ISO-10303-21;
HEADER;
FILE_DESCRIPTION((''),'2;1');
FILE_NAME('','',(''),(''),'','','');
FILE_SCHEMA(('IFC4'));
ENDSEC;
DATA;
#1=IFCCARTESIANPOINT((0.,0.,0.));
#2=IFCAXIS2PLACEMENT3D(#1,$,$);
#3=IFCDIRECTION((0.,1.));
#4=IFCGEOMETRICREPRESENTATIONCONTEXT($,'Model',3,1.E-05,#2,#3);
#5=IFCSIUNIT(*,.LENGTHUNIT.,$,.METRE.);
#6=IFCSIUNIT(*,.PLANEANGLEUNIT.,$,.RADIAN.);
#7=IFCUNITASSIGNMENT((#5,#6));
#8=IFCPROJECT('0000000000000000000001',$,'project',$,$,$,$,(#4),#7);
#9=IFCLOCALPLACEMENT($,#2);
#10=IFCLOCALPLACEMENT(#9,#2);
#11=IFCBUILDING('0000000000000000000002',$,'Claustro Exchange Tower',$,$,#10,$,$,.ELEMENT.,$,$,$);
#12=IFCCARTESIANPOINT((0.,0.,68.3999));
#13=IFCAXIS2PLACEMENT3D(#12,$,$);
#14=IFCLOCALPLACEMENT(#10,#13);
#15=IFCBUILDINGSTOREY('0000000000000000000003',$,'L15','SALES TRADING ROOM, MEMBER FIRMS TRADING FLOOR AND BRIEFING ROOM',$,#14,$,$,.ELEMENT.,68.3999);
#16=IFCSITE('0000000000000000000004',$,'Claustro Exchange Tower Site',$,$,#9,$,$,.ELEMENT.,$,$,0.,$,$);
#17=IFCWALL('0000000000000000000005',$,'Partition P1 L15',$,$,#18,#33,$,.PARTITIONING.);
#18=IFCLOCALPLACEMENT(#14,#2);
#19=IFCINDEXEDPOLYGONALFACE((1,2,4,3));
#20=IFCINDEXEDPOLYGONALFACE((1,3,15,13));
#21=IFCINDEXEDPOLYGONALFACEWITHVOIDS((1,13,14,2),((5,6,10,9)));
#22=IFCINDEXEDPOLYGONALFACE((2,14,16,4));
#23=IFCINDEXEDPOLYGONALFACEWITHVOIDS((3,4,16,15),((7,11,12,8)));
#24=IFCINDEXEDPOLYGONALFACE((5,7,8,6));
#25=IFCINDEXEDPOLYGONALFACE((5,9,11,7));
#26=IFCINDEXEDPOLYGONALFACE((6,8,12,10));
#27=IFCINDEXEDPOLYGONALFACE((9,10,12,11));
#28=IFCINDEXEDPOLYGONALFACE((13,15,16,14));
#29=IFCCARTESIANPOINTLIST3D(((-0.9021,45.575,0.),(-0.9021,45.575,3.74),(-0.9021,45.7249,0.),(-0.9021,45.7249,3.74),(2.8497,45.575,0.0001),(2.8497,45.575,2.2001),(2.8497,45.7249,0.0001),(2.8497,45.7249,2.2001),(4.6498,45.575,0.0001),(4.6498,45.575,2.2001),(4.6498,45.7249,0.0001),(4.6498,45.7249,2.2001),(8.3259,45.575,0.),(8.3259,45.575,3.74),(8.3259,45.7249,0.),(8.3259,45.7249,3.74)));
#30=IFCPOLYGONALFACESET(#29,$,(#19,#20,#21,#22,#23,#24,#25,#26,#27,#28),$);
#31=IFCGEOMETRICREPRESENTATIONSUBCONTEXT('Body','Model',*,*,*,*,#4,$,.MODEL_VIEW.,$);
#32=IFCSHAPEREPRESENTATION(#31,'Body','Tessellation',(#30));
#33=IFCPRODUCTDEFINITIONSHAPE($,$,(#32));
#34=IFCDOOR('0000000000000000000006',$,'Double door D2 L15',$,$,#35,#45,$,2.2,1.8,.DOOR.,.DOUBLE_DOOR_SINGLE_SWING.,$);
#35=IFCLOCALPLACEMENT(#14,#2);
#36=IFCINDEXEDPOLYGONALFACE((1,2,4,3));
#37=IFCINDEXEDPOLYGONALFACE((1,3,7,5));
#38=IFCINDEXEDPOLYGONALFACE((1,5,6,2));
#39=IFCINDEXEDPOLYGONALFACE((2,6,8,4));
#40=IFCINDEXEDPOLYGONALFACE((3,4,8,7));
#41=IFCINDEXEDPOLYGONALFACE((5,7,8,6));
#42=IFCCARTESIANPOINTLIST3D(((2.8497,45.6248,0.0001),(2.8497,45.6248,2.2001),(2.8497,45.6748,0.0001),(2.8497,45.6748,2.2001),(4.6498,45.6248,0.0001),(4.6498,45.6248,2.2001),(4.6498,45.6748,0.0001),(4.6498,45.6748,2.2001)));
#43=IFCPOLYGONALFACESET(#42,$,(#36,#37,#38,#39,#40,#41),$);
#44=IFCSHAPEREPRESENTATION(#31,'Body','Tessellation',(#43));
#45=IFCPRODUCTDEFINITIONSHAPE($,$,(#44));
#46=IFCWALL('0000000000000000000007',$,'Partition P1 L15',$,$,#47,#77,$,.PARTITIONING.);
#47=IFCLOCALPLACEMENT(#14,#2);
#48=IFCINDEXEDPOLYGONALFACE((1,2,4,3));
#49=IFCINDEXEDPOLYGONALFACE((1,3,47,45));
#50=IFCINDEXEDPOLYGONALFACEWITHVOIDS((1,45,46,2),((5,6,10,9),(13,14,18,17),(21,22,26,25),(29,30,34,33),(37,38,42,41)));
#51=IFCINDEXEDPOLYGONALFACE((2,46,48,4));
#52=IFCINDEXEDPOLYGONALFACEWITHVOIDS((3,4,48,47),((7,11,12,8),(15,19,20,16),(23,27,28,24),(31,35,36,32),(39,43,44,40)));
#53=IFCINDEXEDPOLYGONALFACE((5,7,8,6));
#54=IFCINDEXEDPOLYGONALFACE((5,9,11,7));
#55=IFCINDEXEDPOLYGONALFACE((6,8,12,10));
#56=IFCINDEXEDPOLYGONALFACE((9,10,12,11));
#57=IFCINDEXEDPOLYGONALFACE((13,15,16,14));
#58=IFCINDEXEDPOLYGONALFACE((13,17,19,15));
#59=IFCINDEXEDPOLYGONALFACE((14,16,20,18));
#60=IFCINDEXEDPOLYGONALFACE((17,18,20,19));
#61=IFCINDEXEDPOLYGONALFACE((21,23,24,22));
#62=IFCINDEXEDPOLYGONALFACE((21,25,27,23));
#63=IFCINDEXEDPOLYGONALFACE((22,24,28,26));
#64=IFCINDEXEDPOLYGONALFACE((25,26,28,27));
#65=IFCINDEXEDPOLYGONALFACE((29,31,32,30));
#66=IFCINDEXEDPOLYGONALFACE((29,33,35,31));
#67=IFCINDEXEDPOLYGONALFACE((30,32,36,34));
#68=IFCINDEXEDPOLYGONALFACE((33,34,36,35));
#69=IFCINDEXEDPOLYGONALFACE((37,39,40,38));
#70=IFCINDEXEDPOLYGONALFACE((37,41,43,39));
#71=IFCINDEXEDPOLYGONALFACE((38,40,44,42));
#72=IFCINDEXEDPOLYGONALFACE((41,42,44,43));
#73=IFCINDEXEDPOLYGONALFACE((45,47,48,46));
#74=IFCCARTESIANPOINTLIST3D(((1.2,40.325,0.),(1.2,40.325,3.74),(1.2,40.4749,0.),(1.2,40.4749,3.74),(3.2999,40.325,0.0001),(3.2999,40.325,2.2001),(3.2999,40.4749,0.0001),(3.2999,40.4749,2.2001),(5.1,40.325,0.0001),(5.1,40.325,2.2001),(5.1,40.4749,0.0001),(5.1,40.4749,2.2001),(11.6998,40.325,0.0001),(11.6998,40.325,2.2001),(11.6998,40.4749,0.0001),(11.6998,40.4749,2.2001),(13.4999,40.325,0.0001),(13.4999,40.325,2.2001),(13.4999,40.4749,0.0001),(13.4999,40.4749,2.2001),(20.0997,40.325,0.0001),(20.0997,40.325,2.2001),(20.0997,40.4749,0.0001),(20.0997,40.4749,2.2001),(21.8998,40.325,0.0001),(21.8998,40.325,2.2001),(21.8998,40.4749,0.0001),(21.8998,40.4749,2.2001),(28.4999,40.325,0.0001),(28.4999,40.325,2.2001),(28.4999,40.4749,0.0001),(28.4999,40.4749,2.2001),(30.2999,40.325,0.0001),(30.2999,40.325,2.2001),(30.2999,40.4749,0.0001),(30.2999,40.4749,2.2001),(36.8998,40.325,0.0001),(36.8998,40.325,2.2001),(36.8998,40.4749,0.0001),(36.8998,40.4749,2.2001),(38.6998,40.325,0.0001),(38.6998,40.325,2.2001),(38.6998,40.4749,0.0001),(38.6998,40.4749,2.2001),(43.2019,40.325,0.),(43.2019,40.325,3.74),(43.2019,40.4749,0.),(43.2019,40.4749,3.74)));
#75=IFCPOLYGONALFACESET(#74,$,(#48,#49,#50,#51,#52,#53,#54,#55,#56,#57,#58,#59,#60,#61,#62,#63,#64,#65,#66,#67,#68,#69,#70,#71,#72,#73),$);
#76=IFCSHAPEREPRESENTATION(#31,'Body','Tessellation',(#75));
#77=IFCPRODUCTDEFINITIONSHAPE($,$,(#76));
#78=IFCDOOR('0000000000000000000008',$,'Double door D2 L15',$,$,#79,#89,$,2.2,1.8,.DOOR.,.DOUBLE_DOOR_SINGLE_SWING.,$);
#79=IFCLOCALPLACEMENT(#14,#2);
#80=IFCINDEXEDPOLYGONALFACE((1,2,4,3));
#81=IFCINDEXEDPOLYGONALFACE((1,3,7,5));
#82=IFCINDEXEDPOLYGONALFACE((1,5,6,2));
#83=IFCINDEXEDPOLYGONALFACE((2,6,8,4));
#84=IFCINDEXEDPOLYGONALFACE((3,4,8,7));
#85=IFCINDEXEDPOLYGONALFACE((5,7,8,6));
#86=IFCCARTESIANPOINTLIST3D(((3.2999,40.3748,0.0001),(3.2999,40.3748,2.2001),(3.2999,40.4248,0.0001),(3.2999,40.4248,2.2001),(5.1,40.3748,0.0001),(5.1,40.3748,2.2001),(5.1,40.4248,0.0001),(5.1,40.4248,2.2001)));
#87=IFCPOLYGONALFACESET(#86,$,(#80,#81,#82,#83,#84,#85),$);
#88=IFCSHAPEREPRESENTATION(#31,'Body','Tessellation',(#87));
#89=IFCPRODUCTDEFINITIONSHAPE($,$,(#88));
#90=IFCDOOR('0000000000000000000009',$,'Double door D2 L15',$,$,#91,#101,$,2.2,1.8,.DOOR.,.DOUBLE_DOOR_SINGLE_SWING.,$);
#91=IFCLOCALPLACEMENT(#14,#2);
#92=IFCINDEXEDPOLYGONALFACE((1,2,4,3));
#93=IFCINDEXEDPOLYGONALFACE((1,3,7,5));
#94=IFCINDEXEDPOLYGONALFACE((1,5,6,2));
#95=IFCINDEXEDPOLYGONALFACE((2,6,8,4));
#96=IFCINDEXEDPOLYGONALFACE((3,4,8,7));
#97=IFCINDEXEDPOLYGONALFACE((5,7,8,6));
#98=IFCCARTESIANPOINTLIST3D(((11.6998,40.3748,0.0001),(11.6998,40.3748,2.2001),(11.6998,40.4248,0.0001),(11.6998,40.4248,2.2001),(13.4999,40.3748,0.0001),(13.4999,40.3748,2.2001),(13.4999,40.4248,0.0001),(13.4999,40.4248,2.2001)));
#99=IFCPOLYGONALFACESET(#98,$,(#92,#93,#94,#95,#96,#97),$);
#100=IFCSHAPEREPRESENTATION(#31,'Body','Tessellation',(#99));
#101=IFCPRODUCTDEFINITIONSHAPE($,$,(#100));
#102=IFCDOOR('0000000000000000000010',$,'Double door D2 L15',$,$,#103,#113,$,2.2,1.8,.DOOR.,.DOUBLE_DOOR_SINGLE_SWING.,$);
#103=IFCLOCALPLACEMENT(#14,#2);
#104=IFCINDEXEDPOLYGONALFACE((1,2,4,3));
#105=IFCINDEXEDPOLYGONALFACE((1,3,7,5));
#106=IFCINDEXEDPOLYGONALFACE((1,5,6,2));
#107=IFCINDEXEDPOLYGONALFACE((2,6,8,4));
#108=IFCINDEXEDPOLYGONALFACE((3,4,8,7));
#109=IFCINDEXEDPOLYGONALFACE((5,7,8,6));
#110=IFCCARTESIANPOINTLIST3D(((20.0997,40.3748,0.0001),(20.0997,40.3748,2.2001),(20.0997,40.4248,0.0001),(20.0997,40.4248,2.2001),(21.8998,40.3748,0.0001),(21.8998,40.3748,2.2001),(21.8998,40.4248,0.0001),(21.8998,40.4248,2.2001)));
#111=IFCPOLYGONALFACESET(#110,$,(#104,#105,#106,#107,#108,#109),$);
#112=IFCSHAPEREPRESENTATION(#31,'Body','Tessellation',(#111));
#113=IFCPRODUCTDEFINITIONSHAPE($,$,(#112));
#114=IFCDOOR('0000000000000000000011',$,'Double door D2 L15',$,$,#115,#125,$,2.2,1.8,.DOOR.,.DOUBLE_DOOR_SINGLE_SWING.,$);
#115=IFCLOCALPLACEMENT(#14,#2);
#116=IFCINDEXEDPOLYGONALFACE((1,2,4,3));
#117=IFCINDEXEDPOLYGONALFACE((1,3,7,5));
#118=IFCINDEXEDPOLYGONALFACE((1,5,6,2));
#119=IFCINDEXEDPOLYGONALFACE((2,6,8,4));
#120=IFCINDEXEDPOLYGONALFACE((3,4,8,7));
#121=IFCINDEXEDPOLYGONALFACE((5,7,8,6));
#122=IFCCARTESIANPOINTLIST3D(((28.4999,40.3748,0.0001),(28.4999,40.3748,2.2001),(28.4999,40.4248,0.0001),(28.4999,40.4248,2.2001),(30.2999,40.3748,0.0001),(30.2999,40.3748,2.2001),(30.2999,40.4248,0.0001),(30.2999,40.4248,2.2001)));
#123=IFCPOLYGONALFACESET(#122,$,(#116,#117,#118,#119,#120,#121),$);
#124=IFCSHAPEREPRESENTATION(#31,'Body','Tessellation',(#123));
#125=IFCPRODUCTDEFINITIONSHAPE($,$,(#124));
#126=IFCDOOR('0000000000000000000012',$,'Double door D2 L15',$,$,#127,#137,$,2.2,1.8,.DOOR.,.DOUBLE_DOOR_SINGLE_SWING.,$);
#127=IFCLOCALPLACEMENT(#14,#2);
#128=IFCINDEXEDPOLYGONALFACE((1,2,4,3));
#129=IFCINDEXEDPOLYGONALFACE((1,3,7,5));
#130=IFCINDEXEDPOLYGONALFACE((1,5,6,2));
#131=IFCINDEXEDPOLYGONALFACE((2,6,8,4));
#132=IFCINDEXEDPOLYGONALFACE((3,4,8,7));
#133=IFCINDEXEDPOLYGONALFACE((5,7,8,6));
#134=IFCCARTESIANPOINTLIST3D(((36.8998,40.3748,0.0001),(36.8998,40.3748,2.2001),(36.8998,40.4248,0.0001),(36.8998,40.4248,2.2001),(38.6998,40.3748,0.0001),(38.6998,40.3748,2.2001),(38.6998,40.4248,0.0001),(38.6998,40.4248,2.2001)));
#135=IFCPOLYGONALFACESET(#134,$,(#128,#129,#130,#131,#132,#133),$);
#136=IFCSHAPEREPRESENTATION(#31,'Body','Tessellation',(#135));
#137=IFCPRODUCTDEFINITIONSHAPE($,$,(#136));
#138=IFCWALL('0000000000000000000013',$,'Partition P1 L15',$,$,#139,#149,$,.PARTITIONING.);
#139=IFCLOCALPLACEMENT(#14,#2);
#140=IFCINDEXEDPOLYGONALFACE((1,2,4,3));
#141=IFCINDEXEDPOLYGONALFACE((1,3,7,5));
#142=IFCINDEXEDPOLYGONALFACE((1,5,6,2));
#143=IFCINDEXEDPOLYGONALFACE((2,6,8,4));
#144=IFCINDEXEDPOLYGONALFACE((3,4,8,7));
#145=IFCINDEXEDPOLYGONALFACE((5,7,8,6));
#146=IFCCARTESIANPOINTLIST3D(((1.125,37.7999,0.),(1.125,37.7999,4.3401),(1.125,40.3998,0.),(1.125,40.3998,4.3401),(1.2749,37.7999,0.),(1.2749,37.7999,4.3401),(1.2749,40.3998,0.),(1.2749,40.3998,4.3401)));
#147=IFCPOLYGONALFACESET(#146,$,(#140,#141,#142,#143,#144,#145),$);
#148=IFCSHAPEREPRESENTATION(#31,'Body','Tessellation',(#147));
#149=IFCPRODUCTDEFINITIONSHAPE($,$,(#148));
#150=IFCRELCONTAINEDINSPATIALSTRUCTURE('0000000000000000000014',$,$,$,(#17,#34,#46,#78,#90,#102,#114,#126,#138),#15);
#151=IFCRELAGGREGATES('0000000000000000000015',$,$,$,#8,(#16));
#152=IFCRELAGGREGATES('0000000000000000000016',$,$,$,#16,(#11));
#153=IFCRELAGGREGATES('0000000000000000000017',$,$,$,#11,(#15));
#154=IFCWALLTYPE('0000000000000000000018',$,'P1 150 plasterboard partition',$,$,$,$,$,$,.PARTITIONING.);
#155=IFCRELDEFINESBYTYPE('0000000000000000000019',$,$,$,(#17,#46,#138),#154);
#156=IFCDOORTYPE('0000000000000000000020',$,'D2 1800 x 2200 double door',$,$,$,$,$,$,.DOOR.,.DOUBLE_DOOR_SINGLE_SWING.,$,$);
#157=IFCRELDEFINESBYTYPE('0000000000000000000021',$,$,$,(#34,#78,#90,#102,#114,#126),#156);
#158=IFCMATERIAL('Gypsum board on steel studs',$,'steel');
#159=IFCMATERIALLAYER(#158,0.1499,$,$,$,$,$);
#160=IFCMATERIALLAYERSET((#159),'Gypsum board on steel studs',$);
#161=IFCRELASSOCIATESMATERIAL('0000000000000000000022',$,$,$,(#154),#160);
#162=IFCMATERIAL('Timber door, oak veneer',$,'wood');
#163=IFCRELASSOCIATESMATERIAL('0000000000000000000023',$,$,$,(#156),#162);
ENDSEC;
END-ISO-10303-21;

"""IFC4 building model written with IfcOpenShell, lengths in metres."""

from ifc_helpers import new_model, si_unit, direction, frame, frame_2d, origin, place, context, subcontext, project, spatial, rectangle, extrude, material, layer, layer_set, type_object, element, fill, save


model = new_model("IFC4")

# Units and contexts
model_context = context("Model", 3, precision=1e-05, world=origin(), true_north=direction((0.0, 1.0)))
body_context = subcontext(model_context, "Body", "Model", "MODEL_VIEW")
ifc_project = project(units=[si_unit("LENGTHUNIT", "METRE"), si_unit("PLANEANGLEUNIT", "RADIAN")], contexts=[model_context])

# Site, building, storey
site_placement = place(None, origin())
site = spatial("IfcSite", under=ifc_project, at=site_placement, Name="Claustro Exchange Tower Site", CompositionType="ELEMENT", RefElevation=0.0)
building_placement = place(site_placement, origin())
building = spatial("IfcBuilding", under=site, at=building_placement, Name="Claustro Exchange Tower", CompositionType="ELEMENT")
storey_placement = place(building_placement, frame((0.0, 0.0, 68.3999)))
storey = spatial("IfcBuildingStorey", under=building, at=storey_placement, Name="L15", Description="SALES TRADING ROOM, MEMBER FIRMS TRADING FLOOR AND BRIEFING ROOM", CompositionType="ELEMENT", Elevation=68.3999)

# Wall, opening, door
ifc_material_1 = material(Name="Gypsum board on steel studs", Category="steel")
ifc_layer_1 = layer(ifc_material_1, 0.1499)
ifc_layer_set_1 = layer_set([ifc_layer_1], Name="Gypsum board on steel studs")
wall_type_1 = type_object("IfcWallType", Name="P1 150 plasterboard partition", PredefinedType="PARTITIONING", material=ifc_layer_set_1)
wall_1_placement = place(storey_placement, frame((-0.9021, 45.6499, 0.0), z_axis=(0.0, 0.0, 1.0), x_axis=(1.0, 0.0, 0.0)))
wall_1 = element("IfcWall", 1, at=wall_1_placement, inside=storey, type_object=wall_type_1, Name="Partition P1 L15", PredefinedType="PARTITIONING", context=body_context, shape_type="SweptSolid", body=[
    extrude(rectangle(XDim=9.228, YDim=0.1499, at=frame_2d((4.614, 0.0))), origin(), (0.0, 0.0, 1.0), 3.74),
])
opening_1_placement = place(wall_1_placement, frame((3.752, 0.0, 0.0)))
opening_1 = element("IfcOpeningElement", 2, at=opening_1_placement, cuts=wall_1, PredefinedType="OPENING", context=body_context, shape_type="SweptSolid", body=[
    extrude(rectangle(XDim=1.8, YDim=2.2, at=frame_2d((0.8999, 1.1001))), frame((0.0, 0.085, 0.0), z_axis=(0.0, -1.0, 0.0), x_axis=(1.0, 0.0, 0.0)), (0.0, 0.0, 1.0), 0.1699),
])
ifc_material_2 = material(Name="Timber door, oak veneer", Category="wood")
door_type = type_object("IfcDoorType", Name="D2 1800 x 2200 double door", OperationType="DOUBLE_DOOR_SINGLE_SWING", PredefinedType="DOOR", material=ifc_material_2)
door_1_placement = place(opening_1_placement, origin())
door_1 = element("IfcDoor", 3, at=door_1_placement, inside=storey, type_object=door_type, Name="Double door D2 L15", OperationType="DOUBLE_DOOR_SINGLE_SWING", OverallHeight=2.2, OverallWidth=1.8, PredefinedType="DOOR", context=body_context, shape_type="SweptSolid", body=[
    extrude(rectangle(XDim=1.8, YDim=2.2, at=frame_2d((0.8999, 1.1001))), frame((0.0, 0.0249, 0.0), z_axis=(0.0, -1.0, 0.0), x_axis=(1.0, 0.0, 0.0)), (0.0, 0.0, 1.0), 0.05),
])
fill(opening_1, door_1)

# Wall, openings, doors
wall_2_placement = place(storey_placement, frame((1.2, 40.3999, 0.0), z_axis=(0.0, 0.0, 1.0), x_axis=(1.0, 0.0, 0.0)))
wall_2 = element("IfcWall", 4, at=wall_2_placement, inside=storey, type_object=wall_type_1, Name="Partition P1 L15", PredefinedType="PARTITIONING", context=body_context, shape_type="SweptSolid", body=[
    extrude(rectangle(XDim=42.002, YDim=0.1499, at=frame_2d((21.001, 0.0))), origin(), (0.0, 0.0, 1.0), 3.74),
])
opening_2_placement = place(wall_2_placement, frame((2.1001, 0.0, 0.0)))
opening_2 = element("IfcOpeningElement", 5, at=opening_2_placement, cuts=wall_2, PredefinedType="OPENING", context=body_context, shape_type="SweptSolid", body=[
    extrude(rectangle(XDim=1.8, YDim=2.2, at=frame_2d((0.8999, 1.1001))), frame((0.0, 0.085, 0.0), z_axis=(0.0, -1.0, 0.0), x_axis=(1.0, 0.0, 0.0)), (0.0, 0.0, 1.0), 0.1699),
])
opening_3_placement = place(wall_2_placement, frame((10.5, 0.0, 0.0)))
opening_3 = element("IfcOpeningElement", 6, at=opening_3_placement, cuts=wall_2, PredefinedType="OPENING", context=body_context, shape_type="SweptSolid", body=[
    extrude(rectangle(XDim=1.8, YDim=2.2, at=frame_2d((0.8999, 1.1001))), frame((0.0, 0.085, 0.0), z_axis=(0.0, -1.0, 0.0), x_axis=(1.0, 0.0, 0.0)), (0.0, 0.0, 1.0), 0.1699),
])
opening_4_placement = place(wall_2_placement, frame((18.8999, 0.0, 0.0)))
opening_4 = element("IfcOpeningElement", 7, at=opening_4_placement, cuts=wall_2, PredefinedType="OPENING", context=body_context, shape_type="SweptSolid", body=[
    extrude(rectangle(XDim=1.8, YDim=2.2, at=frame_2d((0.8999, 1.1001))), frame((0.0, 0.085, 0.0), z_axis=(0.0, -1.0, 0.0), x_axis=(1.0, 0.0, 0.0)), (0.0, 0.0, 1.0), 0.1699),
])
opening_5_placement = place(wall_2_placement, frame((27.3, 0.0, 0.0)))
opening_5 = element("IfcOpeningElement", 8, at=opening_5_placement, cuts=wall_2, PredefinedType="OPENING", context=body_context, shape_type="SweptSolid", body=[
    extrude(rectangle(XDim=1.8, YDim=2.2, at=frame_2d((0.8999, 1.1001))), frame((0.0, 0.085, 0.0), z_axis=(0.0, -1.0, 0.0), x_axis=(1.0, 0.0, 0.0)), (0.0, 0.0, 1.0), 0.1699),
])
opening_6_placement = place(wall_2_placement, frame((35.7, 0.0, 0.0)))
opening_6 = element("IfcOpeningElement", 9, at=opening_6_placement, cuts=wall_2, PredefinedType="OPENING", context=body_context, shape_type="SweptSolid", body=[
    extrude(rectangle(XDim=1.8, YDim=2.2, at=frame_2d((0.8999, 1.1001))), frame((0.0, 0.085, 0.0), z_axis=(0.0, -1.0, 0.0), x_axis=(1.0, 0.0, 0.0)), (0.0, 0.0, 1.0), 0.1699),
])
door_2_placement = place(opening_2_placement, origin())
door_2 = element("IfcDoor", 10, at=door_2_placement, inside=storey, type_object=door_type, Name="Double door D2 L15", OperationType="DOUBLE_DOOR_SINGLE_SWING", OverallHeight=2.2, OverallWidth=1.8, PredefinedType="DOOR", context=body_context, shape_type="SweptSolid", body=[
    extrude(rectangle(XDim=1.8, YDim=2.2, at=frame_2d((0.8999, 1.1001))), frame((0.0, 0.0249, 0.0), z_axis=(0.0, -1.0, 0.0), x_axis=(1.0, 0.0, 0.0)), (0.0, 0.0, 1.0), 0.05),
])
fill(opening_2, door_2)
door_3_placement = place(opening_3_placement, origin())
door_3 = element("IfcDoor", 11, at=door_3_placement, inside=storey, type_object=door_type, Name="Double door D2 L15", OperationType="DOUBLE_DOOR_SINGLE_SWING", OverallHeight=2.2, OverallWidth=1.8, PredefinedType="DOOR", context=body_context, shape_type="SweptSolid", body=[
    extrude(rectangle(XDim=1.8, YDim=2.2, at=frame_2d((0.8999, 1.1001))), frame((0.0, 0.0249, 0.0), z_axis=(0.0, -1.0, 0.0), x_axis=(1.0, 0.0, 0.0)), (0.0, 0.0, 1.0), 0.05),
])
fill(opening_3, door_3)
door_4_placement = place(opening_4_placement, origin())
door_4 = element("IfcDoor", 12, at=door_4_placement, inside=storey, type_object=door_type, Name="Double door D2 L15", OperationType="DOUBLE_DOOR_SINGLE_SWING", OverallHeight=2.2, OverallWidth=1.8, PredefinedType="DOOR", context=body_context, shape_type="SweptSolid", body=[
    extrude(rectangle(XDim=1.8, YDim=2.2, at=frame_2d((0.8999, 1.1001))), frame((0.0, 0.0249, 0.0), z_axis=(0.0, -1.0, 0.0), x_axis=(1.0, 0.0, 0.0)), (0.0, 0.0, 1.0), 0.05),
])
fill(opening_4, door_4)
door_5_placement = place(opening_5_placement, origin())
door_5 = element("IfcDoor", 13, at=door_5_placement, inside=storey, type_object=door_type, Name="Double door D2 L15", OperationType="DOUBLE_DOOR_SINGLE_SWING", OverallHeight=2.2, OverallWidth=1.8, PredefinedType="DOOR", context=body_context, shape_type="SweptSolid", body=[
    extrude(rectangle(XDim=1.8, YDim=2.2, at=frame_2d((0.8999, 1.1001))), frame((0.0, 0.0249, 0.0), z_axis=(0.0, -1.0, 0.0), x_axis=(1.0, 0.0, 0.0)), (0.0, 0.0, 1.0), 0.05),
])
fill(opening_5, door_5)
door_6_placement = place(opening_6_placement, origin())
door_6 = element("IfcDoor", 14, at=door_6_placement, inside=storey, type_object=door_type, Name="Double door D2 L15", OperationType="DOUBLE_DOOR_SINGLE_SWING", OverallHeight=2.2, OverallWidth=1.8, PredefinedType="DOOR", context=body_context, shape_type="SweptSolid", body=[
    extrude(rectangle(XDim=1.8, YDim=2.2, at=frame_2d((0.8999, 1.1001))), frame((0.0, 0.0249, 0.0), z_axis=(0.0, -1.0, 0.0), x_axis=(1.0, 0.0, 0.0)), (0.0, 0.0, 1.0), 0.05),
])
fill(opening_6, door_6)

# Wall
wall_3_placement = place(storey_placement, frame((1.2, 37.8, 0.0), z_axis=(0.0, 0.0, 1.0), x_axis=(0.0, 1.0, 0.0)))
element("IfcWall", 15, at=wall_3_placement, inside=storey, type_object=wall_type_1, Name="Partition P1 L15", PredefinedType="PARTITIONING", context=body_context, shape_type="SweptSolid", body=[
    extrude(rectangle(XDim=2.5999, YDim=0.1499, at=frame_2d((1.2998, 0.0))), origin(), (0.0, 0.0, 1.0), 4.3401),
])

save(model, "model.ifc")
